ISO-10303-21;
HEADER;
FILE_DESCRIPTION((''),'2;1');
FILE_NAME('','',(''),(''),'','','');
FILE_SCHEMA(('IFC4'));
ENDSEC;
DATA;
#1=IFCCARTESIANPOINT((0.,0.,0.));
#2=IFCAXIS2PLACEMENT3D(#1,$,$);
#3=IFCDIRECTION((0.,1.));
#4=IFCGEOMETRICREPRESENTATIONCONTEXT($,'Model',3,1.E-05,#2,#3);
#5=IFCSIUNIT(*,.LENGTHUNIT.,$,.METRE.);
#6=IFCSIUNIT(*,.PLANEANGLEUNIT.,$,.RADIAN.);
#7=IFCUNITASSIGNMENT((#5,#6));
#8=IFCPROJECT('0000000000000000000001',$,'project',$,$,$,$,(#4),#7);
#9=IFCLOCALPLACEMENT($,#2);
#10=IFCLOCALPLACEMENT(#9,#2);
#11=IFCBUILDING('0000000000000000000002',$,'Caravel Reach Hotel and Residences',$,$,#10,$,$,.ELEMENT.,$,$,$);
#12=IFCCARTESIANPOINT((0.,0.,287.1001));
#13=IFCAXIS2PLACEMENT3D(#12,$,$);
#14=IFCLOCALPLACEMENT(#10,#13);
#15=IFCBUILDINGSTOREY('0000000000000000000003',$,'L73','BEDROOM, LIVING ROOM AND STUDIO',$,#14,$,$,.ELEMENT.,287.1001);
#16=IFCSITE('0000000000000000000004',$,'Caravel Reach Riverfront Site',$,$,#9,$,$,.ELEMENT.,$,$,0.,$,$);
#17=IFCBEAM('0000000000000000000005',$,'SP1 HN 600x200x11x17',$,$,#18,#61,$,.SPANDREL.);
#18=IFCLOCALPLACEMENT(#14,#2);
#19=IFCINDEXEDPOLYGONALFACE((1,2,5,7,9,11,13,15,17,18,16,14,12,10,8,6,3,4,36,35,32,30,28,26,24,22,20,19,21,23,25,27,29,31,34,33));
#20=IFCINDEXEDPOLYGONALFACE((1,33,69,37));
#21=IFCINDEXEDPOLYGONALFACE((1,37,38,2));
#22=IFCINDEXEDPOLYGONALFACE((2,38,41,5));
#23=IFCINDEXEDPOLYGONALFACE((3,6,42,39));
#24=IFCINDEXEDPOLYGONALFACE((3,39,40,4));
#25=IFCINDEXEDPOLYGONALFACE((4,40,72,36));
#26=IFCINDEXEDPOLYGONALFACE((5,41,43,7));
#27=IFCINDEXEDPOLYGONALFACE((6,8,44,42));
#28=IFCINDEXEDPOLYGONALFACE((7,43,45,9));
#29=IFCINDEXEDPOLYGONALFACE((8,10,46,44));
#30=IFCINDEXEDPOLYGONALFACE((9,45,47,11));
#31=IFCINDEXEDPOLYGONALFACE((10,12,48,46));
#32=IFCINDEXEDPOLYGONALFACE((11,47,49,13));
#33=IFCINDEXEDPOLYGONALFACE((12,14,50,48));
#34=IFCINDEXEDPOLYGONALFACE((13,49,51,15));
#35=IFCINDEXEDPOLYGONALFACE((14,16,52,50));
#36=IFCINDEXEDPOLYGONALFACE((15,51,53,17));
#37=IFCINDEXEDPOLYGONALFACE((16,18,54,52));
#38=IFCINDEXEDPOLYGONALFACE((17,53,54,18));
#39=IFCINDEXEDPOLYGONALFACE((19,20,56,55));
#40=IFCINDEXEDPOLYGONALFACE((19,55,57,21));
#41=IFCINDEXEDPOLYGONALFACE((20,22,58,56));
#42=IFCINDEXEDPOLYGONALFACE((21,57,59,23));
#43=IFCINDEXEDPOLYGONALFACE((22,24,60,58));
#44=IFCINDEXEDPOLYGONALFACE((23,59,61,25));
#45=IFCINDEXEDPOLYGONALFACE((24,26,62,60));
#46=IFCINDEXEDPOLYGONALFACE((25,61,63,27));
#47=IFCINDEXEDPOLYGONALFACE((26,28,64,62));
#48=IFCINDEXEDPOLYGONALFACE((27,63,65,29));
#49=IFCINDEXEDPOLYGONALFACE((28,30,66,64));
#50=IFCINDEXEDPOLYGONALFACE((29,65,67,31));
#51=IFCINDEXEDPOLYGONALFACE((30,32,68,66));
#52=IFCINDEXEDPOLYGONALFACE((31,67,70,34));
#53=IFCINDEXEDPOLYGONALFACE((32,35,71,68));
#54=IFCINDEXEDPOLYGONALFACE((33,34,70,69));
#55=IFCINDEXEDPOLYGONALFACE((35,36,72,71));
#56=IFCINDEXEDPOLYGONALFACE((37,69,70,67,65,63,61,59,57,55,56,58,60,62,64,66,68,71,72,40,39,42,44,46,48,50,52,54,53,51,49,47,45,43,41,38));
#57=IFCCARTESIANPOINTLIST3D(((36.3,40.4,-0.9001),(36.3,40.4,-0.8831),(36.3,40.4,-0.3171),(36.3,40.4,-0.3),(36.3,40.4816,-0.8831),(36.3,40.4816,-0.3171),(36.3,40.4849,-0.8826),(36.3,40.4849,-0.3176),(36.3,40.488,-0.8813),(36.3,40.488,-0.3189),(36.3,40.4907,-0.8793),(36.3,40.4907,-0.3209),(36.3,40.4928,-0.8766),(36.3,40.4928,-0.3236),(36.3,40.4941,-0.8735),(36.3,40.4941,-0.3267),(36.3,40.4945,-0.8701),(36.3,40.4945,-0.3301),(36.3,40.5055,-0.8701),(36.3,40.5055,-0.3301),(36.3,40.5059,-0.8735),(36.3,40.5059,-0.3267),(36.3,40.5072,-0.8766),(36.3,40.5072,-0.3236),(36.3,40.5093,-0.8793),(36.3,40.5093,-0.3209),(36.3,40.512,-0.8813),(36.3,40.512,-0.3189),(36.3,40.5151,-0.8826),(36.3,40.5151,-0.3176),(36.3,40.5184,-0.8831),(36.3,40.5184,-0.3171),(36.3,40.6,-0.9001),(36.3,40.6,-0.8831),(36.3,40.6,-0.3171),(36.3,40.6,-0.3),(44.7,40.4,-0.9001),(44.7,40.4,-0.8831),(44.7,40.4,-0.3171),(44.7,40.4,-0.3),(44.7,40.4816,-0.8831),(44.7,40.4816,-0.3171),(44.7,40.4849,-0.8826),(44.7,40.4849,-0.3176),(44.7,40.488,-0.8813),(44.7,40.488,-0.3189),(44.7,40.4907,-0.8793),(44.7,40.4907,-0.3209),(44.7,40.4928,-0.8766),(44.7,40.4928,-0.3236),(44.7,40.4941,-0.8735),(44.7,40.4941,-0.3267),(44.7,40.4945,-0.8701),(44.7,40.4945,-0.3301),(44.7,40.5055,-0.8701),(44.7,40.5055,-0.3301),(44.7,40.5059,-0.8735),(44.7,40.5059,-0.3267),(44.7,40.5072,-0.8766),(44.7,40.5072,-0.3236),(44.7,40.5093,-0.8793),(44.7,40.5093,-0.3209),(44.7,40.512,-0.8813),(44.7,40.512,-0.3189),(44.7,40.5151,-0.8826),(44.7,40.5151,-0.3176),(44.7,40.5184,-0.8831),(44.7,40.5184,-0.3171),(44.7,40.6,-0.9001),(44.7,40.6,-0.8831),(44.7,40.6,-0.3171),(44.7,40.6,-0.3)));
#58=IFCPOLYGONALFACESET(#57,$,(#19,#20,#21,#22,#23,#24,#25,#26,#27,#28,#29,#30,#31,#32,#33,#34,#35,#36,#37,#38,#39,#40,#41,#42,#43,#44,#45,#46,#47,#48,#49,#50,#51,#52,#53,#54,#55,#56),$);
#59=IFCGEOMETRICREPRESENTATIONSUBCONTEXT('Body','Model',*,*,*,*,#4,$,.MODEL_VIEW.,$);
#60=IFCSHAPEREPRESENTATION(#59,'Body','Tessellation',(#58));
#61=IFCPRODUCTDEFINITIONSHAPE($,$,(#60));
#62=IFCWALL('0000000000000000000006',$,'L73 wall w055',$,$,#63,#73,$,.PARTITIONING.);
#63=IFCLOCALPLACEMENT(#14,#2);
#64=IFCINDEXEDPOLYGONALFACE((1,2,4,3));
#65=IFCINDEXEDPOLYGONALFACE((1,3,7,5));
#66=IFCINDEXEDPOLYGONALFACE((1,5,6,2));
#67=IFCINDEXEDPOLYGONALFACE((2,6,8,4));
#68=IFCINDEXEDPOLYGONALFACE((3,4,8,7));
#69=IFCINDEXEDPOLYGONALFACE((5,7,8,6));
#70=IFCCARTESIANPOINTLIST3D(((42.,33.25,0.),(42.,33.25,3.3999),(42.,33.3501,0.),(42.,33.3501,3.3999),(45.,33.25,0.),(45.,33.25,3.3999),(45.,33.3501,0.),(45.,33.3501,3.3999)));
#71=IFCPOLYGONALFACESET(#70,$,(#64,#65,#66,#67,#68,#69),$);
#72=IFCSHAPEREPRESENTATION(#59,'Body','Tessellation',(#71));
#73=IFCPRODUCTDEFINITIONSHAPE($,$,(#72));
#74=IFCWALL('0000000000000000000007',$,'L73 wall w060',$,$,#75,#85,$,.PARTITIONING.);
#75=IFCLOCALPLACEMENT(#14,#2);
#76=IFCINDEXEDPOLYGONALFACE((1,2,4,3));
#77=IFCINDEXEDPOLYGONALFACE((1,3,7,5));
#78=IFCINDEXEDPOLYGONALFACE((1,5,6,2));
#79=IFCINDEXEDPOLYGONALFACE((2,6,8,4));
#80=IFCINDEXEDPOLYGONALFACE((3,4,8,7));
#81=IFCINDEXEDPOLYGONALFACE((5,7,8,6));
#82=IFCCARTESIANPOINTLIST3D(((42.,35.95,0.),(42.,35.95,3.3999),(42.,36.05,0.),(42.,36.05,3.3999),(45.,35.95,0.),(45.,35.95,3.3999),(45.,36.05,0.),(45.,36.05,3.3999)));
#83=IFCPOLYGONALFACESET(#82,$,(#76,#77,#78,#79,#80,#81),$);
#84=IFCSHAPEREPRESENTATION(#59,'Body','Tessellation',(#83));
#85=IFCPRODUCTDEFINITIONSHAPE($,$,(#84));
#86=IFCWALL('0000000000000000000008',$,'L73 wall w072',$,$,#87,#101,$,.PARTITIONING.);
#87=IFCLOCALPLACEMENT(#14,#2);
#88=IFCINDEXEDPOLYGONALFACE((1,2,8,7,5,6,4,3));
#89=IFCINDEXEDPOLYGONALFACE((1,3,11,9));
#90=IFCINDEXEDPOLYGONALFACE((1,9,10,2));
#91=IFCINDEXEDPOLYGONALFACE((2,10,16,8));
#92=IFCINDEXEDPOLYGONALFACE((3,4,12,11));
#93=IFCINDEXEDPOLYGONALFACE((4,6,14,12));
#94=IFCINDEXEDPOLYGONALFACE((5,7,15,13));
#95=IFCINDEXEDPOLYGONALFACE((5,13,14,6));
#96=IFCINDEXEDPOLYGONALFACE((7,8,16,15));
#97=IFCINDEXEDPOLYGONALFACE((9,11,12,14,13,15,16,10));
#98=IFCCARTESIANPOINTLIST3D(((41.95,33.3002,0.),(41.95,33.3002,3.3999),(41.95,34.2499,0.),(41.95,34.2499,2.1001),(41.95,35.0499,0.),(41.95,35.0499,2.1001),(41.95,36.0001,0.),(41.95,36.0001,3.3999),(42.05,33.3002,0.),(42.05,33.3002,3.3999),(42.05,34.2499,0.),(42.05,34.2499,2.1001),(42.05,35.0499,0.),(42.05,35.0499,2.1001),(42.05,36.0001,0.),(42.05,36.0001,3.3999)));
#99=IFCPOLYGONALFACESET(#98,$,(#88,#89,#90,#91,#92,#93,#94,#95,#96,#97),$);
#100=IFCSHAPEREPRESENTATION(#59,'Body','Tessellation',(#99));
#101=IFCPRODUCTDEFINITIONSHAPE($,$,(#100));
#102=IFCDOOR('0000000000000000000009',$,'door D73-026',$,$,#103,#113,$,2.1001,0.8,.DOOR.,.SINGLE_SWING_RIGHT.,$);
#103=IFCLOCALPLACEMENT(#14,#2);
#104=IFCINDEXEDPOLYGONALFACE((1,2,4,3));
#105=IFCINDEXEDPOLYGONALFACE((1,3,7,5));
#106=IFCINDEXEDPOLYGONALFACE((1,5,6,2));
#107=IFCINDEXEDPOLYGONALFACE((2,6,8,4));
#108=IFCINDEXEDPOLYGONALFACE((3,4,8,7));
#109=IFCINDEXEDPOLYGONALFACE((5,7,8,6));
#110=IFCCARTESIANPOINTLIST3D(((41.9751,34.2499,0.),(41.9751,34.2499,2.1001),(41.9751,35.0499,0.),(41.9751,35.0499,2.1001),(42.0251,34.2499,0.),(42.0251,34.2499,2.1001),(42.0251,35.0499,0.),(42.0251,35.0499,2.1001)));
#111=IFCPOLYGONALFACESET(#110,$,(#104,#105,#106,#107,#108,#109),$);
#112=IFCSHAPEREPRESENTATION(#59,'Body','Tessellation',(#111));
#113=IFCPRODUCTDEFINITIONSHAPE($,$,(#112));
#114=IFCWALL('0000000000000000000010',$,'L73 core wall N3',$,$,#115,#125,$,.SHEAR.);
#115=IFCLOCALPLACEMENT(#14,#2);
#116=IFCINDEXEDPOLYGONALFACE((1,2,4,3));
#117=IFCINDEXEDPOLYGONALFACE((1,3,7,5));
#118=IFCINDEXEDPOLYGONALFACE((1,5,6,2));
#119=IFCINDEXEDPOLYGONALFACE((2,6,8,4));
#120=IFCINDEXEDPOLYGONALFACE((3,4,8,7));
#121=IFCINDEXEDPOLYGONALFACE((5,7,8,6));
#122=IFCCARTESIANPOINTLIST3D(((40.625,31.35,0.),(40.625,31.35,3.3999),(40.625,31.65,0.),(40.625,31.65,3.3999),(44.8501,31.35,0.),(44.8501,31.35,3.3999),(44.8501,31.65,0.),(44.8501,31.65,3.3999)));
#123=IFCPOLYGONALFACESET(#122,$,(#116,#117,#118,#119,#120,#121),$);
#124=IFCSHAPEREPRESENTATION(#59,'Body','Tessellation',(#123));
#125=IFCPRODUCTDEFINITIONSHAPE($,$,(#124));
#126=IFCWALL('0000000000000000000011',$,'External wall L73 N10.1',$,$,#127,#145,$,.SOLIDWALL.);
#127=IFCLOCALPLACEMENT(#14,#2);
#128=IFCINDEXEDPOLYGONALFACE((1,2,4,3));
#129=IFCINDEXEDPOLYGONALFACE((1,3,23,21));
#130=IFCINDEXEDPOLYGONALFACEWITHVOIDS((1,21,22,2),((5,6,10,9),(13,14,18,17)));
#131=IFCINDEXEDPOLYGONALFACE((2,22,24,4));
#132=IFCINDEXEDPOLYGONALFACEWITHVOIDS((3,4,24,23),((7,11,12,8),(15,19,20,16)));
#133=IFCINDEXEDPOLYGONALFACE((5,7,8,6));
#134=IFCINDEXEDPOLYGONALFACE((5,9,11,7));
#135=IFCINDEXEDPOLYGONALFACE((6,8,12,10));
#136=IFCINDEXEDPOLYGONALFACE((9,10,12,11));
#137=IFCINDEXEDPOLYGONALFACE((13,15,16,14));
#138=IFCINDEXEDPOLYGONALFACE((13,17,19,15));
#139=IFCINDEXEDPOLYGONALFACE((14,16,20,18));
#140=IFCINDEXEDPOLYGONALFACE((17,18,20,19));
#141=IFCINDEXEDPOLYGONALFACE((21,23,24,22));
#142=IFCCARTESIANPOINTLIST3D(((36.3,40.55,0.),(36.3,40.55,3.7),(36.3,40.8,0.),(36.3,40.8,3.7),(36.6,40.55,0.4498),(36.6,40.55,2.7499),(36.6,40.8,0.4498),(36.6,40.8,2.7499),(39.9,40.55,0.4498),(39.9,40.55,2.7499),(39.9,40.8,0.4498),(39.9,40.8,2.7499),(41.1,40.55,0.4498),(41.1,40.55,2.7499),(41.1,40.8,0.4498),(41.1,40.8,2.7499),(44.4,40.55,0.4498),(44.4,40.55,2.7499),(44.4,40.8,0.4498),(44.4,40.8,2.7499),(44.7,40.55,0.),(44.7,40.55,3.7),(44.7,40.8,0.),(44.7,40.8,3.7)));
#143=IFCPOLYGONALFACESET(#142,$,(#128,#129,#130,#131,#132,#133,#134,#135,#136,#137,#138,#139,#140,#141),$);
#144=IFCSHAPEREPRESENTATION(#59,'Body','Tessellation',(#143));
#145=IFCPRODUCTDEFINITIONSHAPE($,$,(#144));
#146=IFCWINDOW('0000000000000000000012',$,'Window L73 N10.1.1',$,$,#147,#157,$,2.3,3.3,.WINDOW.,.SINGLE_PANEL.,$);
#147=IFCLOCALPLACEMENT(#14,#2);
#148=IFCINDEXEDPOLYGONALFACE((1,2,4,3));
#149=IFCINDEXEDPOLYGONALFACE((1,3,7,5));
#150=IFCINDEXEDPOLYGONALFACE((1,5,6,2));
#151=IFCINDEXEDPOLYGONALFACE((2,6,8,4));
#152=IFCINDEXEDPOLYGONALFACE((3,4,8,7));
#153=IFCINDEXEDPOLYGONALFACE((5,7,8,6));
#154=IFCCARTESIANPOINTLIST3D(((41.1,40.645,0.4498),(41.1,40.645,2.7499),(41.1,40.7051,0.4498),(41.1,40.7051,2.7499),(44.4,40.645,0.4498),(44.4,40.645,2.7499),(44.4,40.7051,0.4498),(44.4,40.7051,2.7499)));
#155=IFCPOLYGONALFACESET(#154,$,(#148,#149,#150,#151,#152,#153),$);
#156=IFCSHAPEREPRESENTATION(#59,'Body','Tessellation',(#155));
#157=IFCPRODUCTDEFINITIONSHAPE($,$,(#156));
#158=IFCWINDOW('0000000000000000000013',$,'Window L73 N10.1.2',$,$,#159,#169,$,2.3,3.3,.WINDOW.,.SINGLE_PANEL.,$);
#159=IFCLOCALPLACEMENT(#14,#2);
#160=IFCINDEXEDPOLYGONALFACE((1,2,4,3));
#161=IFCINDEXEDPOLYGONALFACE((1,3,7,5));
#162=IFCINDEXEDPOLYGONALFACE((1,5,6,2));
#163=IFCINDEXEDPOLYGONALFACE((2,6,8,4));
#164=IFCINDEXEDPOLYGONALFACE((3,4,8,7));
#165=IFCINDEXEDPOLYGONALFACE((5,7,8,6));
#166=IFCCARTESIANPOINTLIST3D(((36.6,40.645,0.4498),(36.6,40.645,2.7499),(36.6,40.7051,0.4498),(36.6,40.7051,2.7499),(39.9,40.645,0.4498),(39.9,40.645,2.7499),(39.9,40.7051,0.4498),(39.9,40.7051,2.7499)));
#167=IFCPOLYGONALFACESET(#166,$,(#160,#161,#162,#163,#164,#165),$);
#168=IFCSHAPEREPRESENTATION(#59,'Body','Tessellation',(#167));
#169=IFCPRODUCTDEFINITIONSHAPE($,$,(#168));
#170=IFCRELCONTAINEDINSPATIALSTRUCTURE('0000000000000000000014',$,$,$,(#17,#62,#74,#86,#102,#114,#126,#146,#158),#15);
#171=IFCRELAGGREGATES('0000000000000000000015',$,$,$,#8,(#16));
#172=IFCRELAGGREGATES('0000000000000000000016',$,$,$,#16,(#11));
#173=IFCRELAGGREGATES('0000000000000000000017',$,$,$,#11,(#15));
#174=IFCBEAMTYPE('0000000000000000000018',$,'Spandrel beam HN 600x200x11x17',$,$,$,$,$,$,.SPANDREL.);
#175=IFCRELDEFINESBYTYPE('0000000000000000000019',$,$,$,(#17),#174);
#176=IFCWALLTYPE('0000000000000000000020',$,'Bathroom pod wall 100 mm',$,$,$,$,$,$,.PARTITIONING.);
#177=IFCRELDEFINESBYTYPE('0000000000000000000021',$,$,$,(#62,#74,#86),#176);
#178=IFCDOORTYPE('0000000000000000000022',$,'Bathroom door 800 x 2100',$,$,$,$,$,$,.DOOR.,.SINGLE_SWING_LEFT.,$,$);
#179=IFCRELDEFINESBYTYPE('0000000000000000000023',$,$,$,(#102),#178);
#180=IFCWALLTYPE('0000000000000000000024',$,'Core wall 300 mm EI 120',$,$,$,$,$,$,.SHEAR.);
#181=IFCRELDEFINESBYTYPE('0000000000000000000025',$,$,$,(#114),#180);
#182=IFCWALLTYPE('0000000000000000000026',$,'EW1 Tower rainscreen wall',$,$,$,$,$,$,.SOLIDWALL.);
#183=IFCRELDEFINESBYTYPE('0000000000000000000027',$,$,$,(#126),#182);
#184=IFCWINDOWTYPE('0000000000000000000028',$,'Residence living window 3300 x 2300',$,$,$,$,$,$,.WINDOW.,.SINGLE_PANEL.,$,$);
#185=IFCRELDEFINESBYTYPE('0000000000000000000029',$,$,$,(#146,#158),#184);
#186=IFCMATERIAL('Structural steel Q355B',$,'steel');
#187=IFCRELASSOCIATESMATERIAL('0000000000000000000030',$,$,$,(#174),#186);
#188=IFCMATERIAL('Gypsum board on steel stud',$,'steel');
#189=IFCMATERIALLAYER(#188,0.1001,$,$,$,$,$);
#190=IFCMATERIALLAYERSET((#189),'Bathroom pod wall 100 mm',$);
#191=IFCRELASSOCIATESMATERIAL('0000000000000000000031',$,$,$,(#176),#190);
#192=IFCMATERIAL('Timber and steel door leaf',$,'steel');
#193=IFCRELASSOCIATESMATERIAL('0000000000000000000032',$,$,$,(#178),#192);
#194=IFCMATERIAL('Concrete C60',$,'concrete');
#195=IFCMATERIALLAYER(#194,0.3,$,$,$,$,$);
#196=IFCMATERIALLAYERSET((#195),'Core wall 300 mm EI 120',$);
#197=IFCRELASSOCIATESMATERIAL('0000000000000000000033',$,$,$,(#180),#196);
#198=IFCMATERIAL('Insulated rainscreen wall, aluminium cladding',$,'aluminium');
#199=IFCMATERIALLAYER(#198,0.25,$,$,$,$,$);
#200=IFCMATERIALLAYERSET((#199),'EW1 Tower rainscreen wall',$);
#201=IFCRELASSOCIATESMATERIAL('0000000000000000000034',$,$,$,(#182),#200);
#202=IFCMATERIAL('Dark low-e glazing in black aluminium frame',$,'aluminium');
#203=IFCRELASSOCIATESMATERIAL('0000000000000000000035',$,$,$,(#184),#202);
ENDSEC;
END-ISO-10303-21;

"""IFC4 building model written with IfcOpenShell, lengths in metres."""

from ifc_helpers import new_model, si_unit, direction, frame, frame_2d, origin, origin_2d, place, context, subcontext, project, spatial, rectangle, i_section, extrude, material, layer, layer_set, material_profile, profile_set, type_object, element, fill, save


model = new_model("IFC4")

# Units and contexts
model_context = context("Model", 3, precision=1e-05, world=origin(), true_north=direction((0.0, 1.0)))
body_context = subcontext(model_context, "Body", "Model", "MODEL_VIEW")
ifc_project = project(units=[si_unit("LENGTHUNIT", "METRE"), si_unit("PLANEANGLEUNIT", "RADIAN")], contexts=[model_context])

# Site, building, storey
site_placement = place(None, origin())
site = spatial("IfcSite", under=ifc_project, at=site_placement, Name="Caravel Reach Riverfront Site", CompositionType="ELEMENT", RefElevation=0.0)
building_placement = place(site_placement, origin())
building = spatial("IfcBuilding", under=site, at=building_placement, Name="Caravel Reach Hotel and Residences", CompositionType="ELEMENT")
storey_placement = place(building_placement, frame((0.0, 0.0, 287.1001)))
storey = spatial("IfcBuildingStorey", under=building, at=storey_placement, Name="L73", Description="BEDROOM, LIVING ROOM AND STUDIO", CompositionType="ELEMENT", Elevation=287.1001)

# Beam
ifc_material_1 = material(Name="Structural steel Q355B", Category="steel")
ifc_material_profile = material_profile(ifc_material_1, i_section(OverallWidth=0.2, OverallDepth=0.6001, WebThickness=0.011, FlangeThickness=0.0171, FilletRadius=0.0129, at=origin_2d()), Name="HN 600x200x11x17")
ifc_profile_set = profile_set([ifc_material_profile], Name="Structural steel Q355B")
beam_type = type_object("IfcBeamType", Name="Spandrel beam HN 600x200x11x17", PredefinedType="SPANDREL", material=ifc_profile_set)
beam_placement = place(storey_placement, frame((44.7, 40.5, -0.6001), z_axis=(-1.0, 0.0, 0.0), x_axis=(0.0, -1.0, 0.0)))
element("IfcBeam", 1, at=beam_placement, inside=storey, type_object=beam_type, Name="SP1 HN 600x200x11x17", PredefinedType="SPANDREL", context=body_context, shape_type="SweptSolid", body=[
    extrude(i_section(OverallWidth=0.2, OverallDepth=0.6001, WebThickness=0.011, FlangeThickness=0.0171, FilletRadius=0.0129, at=origin_2d()), origin(), (0.0, 0.0, 1.0), 8.3999),
])

# Walls
ifc_material_2 = material(Name="Gypsum board on steel stud", Category="steel")
ifc_layer_1 = layer(ifc_material_2, 0.1001)
ifc_layer_set_1 = layer_set([ifc_layer_1], Name="Bathroom pod wall 100 mm")
wall_type_1 = type_object("IfcWallType", Name="Bathroom pod wall 100 mm", PredefinedType="PARTITIONING", material=ifc_layer_set_1)
for number, where, z_axis, x_axis, name in (
    (2, (42.0, 33.3, 0.0), (0.0, 0.0, 1.0), (1.0, 0.0, 0.0), "L73 wall w055"),
    (3, (42.0, 36.0, 0.0), (0.0, 0.0, 1.0), (1.0, 0.0, 0.0), "L73 wall w060"),
):
    element("IfcWall", number, at=place(storey_placement, frame(where, z_axis=z_axis, x_axis=x_axis)), inside=storey, type_object=wall_type_1, Name=name, PredefinedType="PARTITIONING", context=body_context, shape_type="SweptSolid", body=[
        extrude(rectangle(XDim=3.0, YDim=0.1001, at=frame_2d((1.5, 0.0))), origin(), (0.0, 0.0, 1.0), 3.3999),
    ])

# Wall, opening, door
wall_1_placement = place(storey_placement, frame((42.0, 33.3, 0.0), z_axis=(0.0, 0.0, 1.0), x_axis=(0.0, 1.0, 0.0)))
wall_1 = element("IfcWall", 4, at=wall_1_placement, inside=storey, type_object=wall_type_1, Name="L73 wall w072", PredefinedType="PARTITIONING", context=body_context, shape_type="SweptSolid", body=[
    extrude(rectangle(XDim=2.7, YDim=0.1001, at=frame_2d((1.3501, 0.0))), origin(), (0.0, 0.0, 1.0), 3.3999),
])
opening_1_placement = place(wall_1_placement, frame((0.95, 0.0, 0.0)))
opening_1 = element("IfcOpeningElement", 5, at=opening_1_placement, cuts=wall_1, PredefinedType="OPENING", context=body_context, shape_type="SweptSolid", body=[
    extrude(rectangle(XDim=0.8, YDim=2.1001, at=frame_2d((0.3999, 1.05))), frame((0.0, 0.0601, 0.0), z_axis=(0.0, -1.0, 0.0), x_axis=(1.0, 0.0, 0.0)), (0.0, 0.0, 1.0), 0.1201),
])
ifc_material_3 = material(Name="Timber and steel door leaf", Category="steel")
door_type_1 = type_object("IfcDoorType", Name="Bathroom door 800 x 2100", OperationType="SINGLE_SWING_LEFT", PredefinedType="DOOR", material=ifc_material_3)
door_1_placement = place(opening_1_placement, origin())
door_1 = element("IfcDoor", 6, at=door_1_placement, inside=storey, type_object=door_type_1, Name="door D73-026", OperationType="SINGLE_SWING_RIGHT", OverallHeight=2.1001, OverallWidth=0.8, PredefinedType="DOOR", context=body_context, shape_type="SweptSolid", body=[
    extrude(rectangle(XDim=0.8, YDim=2.1001, at=frame_2d((0.3999, 1.05))), frame((0.0, 0.0249, 0.0), z_axis=(0.0, -1.0, 0.0), x_axis=(1.0, 0.0, 0.0)), (0.0, 0.0, 1.0), 0.05),
])
fill(opening_1, door_1)

# Wall
ifc_material_4 = material(Name="Concrete C60", Category="concrete")
ifc_layer_2 = layer(ifc_material_4, 0.3)
ifc_layer_set_2 = layer_set([ifc_layer_2], Name="Core wall 300 mm EI 120")
wall_type_2 = type_object("IfcWallType", Name="Core wall 300 mm EI 120", PredefinedType="SHEAR", material=ifc_layer_set_2)
wall_2_placement = place(storey_placement, frame((40.625, 31.5, 0.0), z_axis=(0.0, 0.0, 1.0), x_axis=(1.0, 0.0, 0.0)))
element("IfcWall", 7, at=wall_2_placement, inside=storey, type_object=wall_type_2, Name="L73 core wall N3", PredefinedType="SHEAR", context=body_context, shape_type="SweptSolid", body=[
    extrude(rectangle(XDim=4.2251, YDim=0.3, at=frame_2d((2.1125, 0.0))), origin(), (0.0, 0.0, 1.0), 3.3999),
])

# Wall, openings, windows
ifc_material_5 = material(Name="Insulated rainscreen wall, aluminium cladding", Category="aluminium")
ifc_layer_3 = layer(ifc_material_5, 0.25)
ifc_layer_set_3 = layer_set([ifc_layer_3], Name="EW1 Tower rainscreen wall")
wall_type_3 = type_object("IfcWallType", Name="EW1 Tower rainscreen wall", PredefinedType="SOLIDWALL", material=ifc_layer_set_3)
wall_3_placement = place(storey_placement, frame((44.7, 40.675, 0.0), z_axis=(0.0, 0.0, 1.0), x_axis=(-1.0, 0.0, 0.0)))
wall_3 = element("IfcWall", 8, at=wall_3_placement, inside=storey, type_object=wall_type_3, Name="External wall L73 N10.1", PredefinedType="SOLIDWALL", context=body_context, shape_type="SweptSolid", body=[
    extrude(rectangle(XDim=8.3999, YDim=0.25, at=frame_2d((4.2, 0.0))), origin(), (0.0, 0.0, 1.0), 3.7),
])
opening_2_placement = place(wall_3_placement, frame((0.3, 0.0, 0.45)))
opening_2 = element("IfcOpeningElement", 9, at=opening_2_placement, cuts=wall_3, PredefinedType="OPENING", context=body_context, shape_type="SweptSolid", body=[
    extrude(rectangle(XDim=3.3, YDim=2.3, at=frame_2d((1.6499, 1.1499))), frame((0.0, 0.135, 0.0), z_axis=(0.0, -1.0, 0.0), x_axis=(1.0, 0.0, 0.0)), (0.0, 0.0, 1.0), 0.27),
])
opening_3_placement = place(wall_3_placement, frame((4.8, 0.0, 0.45)))
opening_3 = element("IfcOpeningElement", 10, at=opening_3_placement, cuts=wall_3, PredefinedType="OPENING", context=body_context, shape_type="SweptSolid", body=[
    extrude(rectangle(XDim=3.3, YDim=2.3, at=frame_2d((1.6499, 1.1499))), frame((0.0, 0.135, 0.0), z_axis=(0.0, -1.0, 0.0), x_axis=(1.0, 0.0, 0.0)), (0.0, 0.0, 1.0), 0.27),
])
ifc_material_6 = material(Name="Dark low-e glazing in black aluminium frame", Category="aluminium")
window_type = type_object("IfcWindowType", Name="Residence living window 3300 x 2300", PartitioningType="SINGLE_PANEL", PredefinedType="WINDOW", material=ifc_material_6)
window_1_placement = place(opening_2_placement, origin())
window_1 = element("IfcWindow", 11, at=window_1_placement, inside=storey, type_object=window_type, Name="Window L73 N10.1.1", OverallHeight=2.3, OverallWidth=3.3, PartitioningType="SINGLE_PANEL", PredefinedType="WINDOW", context=body_context, shape_type="SweptSolid", body=[
    extrude(rectangle(XDim=3.3, YDim=2.3, at=frame_2d((1.6499, 1.1499))), frame((0.0, 0.03, 0.0), z_axis=(0.0, -1.0, 0.0), x_axis=(1.0, 0.0, 0.0)), (0.0, 0.0, 1.0), 0.0601),
])
fill(opening_2, window_1)
window_2_placement = place(opening_3_placement, origin())
window_2 = element("IfcWindow", 12, at=window_2_placement, inside=storey, type_object=window_type, Name="Window L73 N10.1.2", OverallHeight=2.3, OverallWidth=3.3, PartitioningType="SINGLE_PANEL", PredefinedType="WINDOW", context=body_context, shape_type="SweptSolid", body=[
    extrude(rectangle(XDim=3.3, YDim=2.3, at=frame_2d((1.6499, 1.1499))), frame((0.0, 0.03, 0.0), z_axis=(0.0, -1.0, 0.0), x_axis=(1.0, 0.0, 0.0)), (0.0, 0.0, 1.0), 0.0601),
])
fill(opening_3, window_2)

save(model, "model.ifc")
